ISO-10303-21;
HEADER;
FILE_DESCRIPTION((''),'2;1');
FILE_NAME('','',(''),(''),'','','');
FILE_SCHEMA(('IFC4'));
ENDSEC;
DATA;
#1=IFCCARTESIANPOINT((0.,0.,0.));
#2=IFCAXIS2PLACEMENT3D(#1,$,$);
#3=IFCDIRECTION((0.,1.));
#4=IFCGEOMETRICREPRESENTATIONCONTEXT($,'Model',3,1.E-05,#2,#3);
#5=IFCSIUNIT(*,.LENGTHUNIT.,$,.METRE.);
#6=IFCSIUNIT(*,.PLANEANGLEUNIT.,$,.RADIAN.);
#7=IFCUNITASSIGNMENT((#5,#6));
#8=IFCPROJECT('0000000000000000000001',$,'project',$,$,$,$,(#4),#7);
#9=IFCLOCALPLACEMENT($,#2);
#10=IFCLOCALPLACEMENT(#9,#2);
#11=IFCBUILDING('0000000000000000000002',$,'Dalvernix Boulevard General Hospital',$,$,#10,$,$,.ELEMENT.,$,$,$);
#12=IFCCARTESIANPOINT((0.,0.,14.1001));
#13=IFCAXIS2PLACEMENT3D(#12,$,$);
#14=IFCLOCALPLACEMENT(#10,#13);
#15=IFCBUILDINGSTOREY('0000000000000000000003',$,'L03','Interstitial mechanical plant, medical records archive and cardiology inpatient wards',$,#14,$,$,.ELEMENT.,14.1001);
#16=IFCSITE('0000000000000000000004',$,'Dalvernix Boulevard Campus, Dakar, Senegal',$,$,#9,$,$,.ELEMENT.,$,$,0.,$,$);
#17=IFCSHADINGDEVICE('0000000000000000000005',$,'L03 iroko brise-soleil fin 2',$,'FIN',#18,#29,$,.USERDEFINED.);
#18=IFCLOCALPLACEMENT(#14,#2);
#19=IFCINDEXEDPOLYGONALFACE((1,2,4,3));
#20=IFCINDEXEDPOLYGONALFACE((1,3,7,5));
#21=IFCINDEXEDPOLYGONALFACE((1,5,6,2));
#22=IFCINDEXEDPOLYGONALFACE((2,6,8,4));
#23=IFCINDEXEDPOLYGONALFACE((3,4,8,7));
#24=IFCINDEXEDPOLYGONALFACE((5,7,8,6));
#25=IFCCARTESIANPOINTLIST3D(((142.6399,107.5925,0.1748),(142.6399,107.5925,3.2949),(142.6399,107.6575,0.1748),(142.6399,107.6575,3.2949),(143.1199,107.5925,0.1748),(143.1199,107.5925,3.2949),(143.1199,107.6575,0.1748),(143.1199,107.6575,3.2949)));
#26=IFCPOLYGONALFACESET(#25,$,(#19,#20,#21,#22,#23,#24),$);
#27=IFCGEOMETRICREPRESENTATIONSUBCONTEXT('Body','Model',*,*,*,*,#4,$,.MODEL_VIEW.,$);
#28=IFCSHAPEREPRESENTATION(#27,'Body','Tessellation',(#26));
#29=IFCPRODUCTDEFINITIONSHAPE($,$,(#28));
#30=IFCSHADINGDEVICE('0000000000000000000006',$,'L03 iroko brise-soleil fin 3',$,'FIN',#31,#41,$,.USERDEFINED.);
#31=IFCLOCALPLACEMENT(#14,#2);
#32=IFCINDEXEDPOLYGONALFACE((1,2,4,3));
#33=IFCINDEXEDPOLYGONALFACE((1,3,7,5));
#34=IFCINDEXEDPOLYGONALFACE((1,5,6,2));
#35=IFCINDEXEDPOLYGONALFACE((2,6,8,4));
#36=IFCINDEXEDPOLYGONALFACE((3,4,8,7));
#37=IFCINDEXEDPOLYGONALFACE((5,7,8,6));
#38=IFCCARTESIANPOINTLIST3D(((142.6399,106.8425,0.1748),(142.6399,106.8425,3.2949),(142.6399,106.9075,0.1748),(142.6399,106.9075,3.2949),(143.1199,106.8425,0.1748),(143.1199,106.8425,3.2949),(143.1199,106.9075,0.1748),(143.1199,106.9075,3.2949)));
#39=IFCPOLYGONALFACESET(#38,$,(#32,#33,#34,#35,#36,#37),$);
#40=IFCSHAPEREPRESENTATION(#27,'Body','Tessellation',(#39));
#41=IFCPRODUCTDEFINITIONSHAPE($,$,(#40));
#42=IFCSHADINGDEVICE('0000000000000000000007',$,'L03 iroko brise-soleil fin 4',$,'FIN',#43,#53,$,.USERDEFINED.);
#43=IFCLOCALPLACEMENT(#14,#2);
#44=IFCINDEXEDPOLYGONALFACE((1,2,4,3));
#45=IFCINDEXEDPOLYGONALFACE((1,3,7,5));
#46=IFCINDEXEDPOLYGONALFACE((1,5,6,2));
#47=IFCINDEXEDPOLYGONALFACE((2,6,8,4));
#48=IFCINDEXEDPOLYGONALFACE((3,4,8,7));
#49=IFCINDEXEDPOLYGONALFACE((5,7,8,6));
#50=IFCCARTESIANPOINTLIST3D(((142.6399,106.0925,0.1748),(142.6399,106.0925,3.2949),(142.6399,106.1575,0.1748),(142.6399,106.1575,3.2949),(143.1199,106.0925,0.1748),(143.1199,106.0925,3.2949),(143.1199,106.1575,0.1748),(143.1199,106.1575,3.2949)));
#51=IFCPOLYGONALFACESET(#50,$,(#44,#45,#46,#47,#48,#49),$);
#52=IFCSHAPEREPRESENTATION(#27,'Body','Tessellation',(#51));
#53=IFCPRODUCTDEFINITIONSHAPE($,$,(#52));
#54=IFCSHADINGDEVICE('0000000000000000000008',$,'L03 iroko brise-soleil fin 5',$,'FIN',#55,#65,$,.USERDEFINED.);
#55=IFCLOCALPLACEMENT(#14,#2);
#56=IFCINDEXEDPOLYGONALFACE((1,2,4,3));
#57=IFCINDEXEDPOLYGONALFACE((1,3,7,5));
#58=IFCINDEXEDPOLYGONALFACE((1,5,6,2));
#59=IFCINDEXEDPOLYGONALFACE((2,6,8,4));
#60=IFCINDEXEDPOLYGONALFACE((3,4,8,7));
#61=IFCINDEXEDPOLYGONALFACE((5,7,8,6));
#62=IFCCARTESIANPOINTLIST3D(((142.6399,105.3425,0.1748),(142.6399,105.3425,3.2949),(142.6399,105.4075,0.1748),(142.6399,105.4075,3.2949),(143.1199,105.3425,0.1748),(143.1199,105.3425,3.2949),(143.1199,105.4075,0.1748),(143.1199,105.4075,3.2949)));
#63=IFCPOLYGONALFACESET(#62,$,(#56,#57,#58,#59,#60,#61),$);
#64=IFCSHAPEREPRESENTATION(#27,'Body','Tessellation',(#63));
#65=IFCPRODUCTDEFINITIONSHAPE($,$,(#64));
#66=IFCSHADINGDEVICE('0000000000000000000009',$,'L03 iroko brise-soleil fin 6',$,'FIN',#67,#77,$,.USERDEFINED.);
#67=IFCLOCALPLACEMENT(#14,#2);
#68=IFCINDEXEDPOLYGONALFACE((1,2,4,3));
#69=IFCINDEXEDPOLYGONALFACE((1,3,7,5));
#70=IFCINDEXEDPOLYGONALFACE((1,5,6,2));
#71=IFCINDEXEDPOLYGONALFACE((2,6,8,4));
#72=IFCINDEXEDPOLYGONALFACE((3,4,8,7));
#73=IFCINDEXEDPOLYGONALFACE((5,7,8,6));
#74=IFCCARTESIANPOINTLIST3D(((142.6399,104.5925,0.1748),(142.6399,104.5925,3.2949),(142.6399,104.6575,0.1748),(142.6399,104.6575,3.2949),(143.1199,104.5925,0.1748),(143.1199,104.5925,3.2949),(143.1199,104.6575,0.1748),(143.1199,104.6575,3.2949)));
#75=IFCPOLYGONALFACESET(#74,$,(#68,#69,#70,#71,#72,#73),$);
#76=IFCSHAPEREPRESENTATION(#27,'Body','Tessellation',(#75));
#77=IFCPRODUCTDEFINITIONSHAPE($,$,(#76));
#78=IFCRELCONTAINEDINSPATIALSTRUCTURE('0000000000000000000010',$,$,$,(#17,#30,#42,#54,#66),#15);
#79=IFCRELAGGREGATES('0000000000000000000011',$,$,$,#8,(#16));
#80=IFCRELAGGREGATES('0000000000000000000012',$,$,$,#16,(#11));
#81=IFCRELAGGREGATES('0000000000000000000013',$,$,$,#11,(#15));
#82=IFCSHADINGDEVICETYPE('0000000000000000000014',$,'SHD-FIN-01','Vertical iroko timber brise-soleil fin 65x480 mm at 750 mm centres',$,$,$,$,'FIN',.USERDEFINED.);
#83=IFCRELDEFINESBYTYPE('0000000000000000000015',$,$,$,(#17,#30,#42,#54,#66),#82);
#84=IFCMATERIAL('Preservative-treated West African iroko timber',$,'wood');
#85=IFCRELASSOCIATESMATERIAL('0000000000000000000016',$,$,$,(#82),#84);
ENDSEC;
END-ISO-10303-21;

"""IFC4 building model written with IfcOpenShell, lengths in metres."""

from ifc_helpers import new_model, si_unit, direction, frame, origin, origin_2d, place, context, subcontext, project, spatial, rectangle, extrude, material, type_object, element, save


model = new_model("IFC4")

# Units and contexts
model_context = context("Model", 3, precision=1e-05, world=origin(), true_north=direction((0.0, 1.0)))
body_context = subcontext(model_context, "Body", "Model", "MODEL_VIEW")
ifc_project = project(units=[si_unit("LENGTHUNIT", "METRE"), si_unit("PLANEANGLEUNIT", "RADIAN")], contexts=[model_context])

# Site, building, storey
site_placement = place(None, origin())
site = spatial("IfcSite", under=ifc_project, at=site_placement, Name="Dalvernix Boulevard Campus, Dakar, Senegal", CompositionType="ELEMENT", RefElevation=0.0)
building_placement = place(site_placement, origin())
building = spatial("IfcBuilding", under=site, at=building_placement, Name="Dalvernix Boulevard General Hospital", CompositionType="ELEMENT")
storey_placement = place(building_placement, frame((0.0, 0.0, 14.1001)))
storey = spatial("IfcBuildingStorey", under=building, at=storey_placement, Name="L03", Description="Interstitial mechanical plant, medical records archive and cardiology inpatient wards", CompositionType="ELEMENT", Elevation=14.1001)

# Shading devices
ifc_material_1 = material(Name="Preservative-treated West African iroko timber", Category="wood")
shading_device_type = type_object("IfcShadingDeviceType", Name="SHD-FIN-01", Description="Vertical iroko timber brise-soleil fin 65x480 mm at 750 mm centres", ElementType="FIN", PredefinedType="USERDEFINED", material=ifc_material_1)
for number, where, z_axis, x_axis, name in (
    (1, (142.8799, 107.625, 0.1748), (0.0, 0.0, 1.0), (0.0, -1.0, 0.0), "L03 iroko brise-soleil fin 2"),
    (2, (142.8799, 106.875, 0.1748), (0.0, 0.0, 1.0), (0.0, -1.0, 0.0), "L03 iroko brise-soleil fin 3"),
    (3, (142.8799, 106.125, 0.1748), (0.0, 0.0, 1.0), (0.0, -1.0, 0.0), "L03 iroko brise-soleil fin 4"),
    (4, (142.8799, 105.375, 0.1748), (0.0, 0.0, 1.0), (0.0, -1.0, 0.0), "L03 iroko brise-soleil fin 5"),
    (5, (142.8799, 104.625, 0.1748), (0.0, 0.0, 1.0), (0.0, -1.0, 0.0), "L03 iroko brise-soleil fin 6"),
):
    element("IfcShadingDevice", number, at=place(storey_placement, frame(where, z_axis=z_axis, x_axis=x_axis)), inside=storey, type_object=shading_device_type, Name=name, ObjectType="FIN", PredefinedType="USERDEFINED", context=body_context, shape_type="SweptSolid", body=[
        extrude(rectangle(XDim=0.0649, YDim=0.48, at=origin_2d()), origin(), (0.0, 0.0, 1.0), 3.1201),
    ])

save(model, "model.ifc")
